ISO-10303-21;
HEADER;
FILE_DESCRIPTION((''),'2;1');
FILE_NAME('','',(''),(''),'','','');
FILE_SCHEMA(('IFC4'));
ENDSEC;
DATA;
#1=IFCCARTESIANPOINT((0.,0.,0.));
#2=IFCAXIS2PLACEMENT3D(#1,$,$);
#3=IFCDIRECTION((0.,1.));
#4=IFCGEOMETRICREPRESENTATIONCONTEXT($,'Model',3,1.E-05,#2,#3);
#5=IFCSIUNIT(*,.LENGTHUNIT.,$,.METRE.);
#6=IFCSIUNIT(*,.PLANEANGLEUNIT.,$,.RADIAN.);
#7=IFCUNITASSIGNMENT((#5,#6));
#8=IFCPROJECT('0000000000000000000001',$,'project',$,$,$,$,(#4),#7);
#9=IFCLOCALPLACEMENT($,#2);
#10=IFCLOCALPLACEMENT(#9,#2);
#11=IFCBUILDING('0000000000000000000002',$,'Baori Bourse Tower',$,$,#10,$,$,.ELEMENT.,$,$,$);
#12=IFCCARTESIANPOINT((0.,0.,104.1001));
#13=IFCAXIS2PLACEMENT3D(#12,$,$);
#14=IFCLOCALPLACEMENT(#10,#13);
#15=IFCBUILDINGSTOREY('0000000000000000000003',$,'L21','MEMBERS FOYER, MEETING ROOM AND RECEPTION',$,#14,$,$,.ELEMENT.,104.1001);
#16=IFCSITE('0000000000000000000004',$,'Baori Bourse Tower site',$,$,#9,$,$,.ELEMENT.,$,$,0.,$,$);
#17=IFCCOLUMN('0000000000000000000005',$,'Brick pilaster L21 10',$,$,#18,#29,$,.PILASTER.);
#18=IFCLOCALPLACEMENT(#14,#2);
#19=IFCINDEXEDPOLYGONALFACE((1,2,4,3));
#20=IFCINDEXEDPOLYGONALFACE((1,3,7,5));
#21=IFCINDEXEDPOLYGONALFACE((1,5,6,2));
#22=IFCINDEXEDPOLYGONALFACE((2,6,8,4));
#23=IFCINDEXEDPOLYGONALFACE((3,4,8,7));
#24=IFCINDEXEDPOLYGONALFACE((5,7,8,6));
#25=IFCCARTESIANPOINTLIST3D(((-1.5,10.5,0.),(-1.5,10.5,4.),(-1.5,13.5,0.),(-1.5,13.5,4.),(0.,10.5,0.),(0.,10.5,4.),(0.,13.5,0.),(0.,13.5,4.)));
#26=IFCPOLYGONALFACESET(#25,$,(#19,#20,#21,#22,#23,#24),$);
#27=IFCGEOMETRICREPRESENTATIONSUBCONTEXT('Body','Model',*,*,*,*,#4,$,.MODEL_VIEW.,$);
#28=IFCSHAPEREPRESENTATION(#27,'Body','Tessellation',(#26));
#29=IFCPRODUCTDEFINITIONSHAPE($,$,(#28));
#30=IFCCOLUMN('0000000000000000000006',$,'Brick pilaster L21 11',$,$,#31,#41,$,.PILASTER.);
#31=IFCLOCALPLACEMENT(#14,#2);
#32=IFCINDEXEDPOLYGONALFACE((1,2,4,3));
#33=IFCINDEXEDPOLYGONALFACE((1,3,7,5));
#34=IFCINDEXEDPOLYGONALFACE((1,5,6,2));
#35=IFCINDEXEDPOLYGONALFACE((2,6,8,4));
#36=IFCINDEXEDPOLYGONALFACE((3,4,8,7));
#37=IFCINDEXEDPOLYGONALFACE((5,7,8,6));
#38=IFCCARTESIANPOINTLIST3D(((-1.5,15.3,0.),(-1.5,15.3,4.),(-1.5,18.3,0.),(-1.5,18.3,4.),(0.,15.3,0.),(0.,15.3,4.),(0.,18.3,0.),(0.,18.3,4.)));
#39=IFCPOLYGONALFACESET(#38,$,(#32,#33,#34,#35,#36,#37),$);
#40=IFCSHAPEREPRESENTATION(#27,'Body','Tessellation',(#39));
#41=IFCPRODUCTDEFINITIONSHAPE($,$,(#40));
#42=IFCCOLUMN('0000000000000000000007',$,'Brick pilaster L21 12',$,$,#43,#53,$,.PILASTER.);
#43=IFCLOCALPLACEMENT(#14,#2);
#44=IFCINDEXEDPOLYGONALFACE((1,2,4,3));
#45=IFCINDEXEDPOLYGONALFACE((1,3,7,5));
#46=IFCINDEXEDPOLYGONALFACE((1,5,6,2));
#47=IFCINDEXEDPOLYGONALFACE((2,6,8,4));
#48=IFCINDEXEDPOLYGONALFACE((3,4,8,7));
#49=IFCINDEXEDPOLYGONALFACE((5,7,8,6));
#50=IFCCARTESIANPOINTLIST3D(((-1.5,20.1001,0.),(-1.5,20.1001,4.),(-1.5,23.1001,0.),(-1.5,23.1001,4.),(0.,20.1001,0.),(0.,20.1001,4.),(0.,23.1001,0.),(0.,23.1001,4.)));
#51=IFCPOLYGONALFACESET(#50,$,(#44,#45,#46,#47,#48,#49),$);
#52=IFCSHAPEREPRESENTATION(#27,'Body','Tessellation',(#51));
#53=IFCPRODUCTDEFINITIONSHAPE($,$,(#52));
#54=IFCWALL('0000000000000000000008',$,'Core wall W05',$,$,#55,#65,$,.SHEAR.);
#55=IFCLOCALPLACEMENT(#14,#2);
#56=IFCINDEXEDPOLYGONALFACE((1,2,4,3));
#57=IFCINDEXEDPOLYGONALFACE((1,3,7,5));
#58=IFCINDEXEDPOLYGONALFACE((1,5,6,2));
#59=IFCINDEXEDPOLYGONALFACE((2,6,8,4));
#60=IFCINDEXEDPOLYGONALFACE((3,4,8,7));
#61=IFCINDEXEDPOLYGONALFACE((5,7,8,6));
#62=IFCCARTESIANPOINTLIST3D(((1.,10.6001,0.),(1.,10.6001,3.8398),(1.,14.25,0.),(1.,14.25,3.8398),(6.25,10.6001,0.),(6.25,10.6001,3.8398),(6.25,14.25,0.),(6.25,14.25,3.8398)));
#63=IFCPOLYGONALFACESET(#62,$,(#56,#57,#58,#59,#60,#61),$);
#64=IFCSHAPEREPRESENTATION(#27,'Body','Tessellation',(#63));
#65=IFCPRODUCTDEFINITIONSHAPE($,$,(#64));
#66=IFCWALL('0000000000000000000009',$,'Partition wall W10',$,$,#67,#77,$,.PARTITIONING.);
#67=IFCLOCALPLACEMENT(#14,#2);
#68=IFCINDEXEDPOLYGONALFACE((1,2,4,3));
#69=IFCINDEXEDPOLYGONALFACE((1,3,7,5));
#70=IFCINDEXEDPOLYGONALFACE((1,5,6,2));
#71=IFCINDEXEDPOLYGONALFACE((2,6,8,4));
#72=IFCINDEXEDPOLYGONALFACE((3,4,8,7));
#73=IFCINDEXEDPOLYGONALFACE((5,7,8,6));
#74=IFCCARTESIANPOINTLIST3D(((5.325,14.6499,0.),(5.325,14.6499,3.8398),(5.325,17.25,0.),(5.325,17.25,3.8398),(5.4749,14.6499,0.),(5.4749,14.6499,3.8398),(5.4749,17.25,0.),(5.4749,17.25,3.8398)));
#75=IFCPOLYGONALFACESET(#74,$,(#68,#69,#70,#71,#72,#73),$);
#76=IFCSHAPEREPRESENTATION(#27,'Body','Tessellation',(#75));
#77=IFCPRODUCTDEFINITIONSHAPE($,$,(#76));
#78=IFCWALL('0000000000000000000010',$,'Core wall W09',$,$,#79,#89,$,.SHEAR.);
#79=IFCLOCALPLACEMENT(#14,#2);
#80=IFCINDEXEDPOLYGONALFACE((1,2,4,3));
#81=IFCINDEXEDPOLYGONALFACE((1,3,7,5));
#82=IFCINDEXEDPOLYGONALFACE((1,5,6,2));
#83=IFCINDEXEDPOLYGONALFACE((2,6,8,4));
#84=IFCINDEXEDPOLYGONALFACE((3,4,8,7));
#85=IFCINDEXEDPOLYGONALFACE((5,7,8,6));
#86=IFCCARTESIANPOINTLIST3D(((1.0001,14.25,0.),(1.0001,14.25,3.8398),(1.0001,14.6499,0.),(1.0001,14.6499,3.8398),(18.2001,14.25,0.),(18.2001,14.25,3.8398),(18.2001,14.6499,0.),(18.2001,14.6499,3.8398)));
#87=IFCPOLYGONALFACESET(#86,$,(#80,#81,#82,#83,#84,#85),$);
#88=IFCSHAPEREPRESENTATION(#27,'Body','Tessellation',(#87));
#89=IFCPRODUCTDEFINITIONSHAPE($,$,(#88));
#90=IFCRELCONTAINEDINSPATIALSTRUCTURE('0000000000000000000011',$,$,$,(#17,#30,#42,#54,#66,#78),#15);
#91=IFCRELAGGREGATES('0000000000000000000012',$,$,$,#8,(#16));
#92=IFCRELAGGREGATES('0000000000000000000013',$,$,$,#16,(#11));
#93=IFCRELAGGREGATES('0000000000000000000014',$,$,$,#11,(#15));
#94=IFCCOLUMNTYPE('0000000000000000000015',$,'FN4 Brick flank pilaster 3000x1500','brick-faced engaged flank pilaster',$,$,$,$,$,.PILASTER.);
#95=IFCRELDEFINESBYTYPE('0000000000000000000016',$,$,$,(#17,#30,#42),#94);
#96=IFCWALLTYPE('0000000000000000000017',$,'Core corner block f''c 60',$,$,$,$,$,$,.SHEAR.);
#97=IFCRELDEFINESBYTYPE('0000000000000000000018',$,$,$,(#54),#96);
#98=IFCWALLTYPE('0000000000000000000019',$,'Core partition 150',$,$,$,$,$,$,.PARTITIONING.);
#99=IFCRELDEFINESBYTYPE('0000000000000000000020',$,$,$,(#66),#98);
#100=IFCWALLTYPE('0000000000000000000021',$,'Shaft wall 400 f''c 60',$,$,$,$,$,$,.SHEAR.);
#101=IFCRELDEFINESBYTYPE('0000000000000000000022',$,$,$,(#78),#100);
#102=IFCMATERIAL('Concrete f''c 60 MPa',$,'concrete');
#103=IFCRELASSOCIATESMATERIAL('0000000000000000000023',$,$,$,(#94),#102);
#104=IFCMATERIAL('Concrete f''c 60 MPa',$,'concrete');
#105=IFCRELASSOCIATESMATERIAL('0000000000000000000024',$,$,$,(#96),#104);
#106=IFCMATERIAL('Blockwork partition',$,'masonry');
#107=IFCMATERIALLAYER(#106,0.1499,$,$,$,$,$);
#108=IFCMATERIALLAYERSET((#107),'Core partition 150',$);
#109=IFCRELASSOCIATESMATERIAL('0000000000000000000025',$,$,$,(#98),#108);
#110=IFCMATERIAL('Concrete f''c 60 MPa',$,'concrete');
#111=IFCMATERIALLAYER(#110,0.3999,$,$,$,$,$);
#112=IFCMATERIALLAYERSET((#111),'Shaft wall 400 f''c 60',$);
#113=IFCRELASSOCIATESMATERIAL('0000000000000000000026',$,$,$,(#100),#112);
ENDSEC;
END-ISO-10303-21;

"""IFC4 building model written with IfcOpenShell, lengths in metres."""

from ifc_helpers import new_model, si_unit, direction, frame, frame_2d, origin, origin_2d, place, context, subcontext, project, spatial, rectangle, extrude, material, layer, layer_set, material_profile, profile_set, type_object, element, save


model = new_model("IFC4")

# Units and contexts
model_context = context("Model", 3, precision=1e-05, world=origin(), true_north=direction((0.0, 1.0)))
body_context = subcontext(model_context, "Body", "Model", "MODEL_VIEW")
ifc_project = project(units=[si_unit("LENGTHUNIT", "METRE"), si_unit("PLANEANGLEUNIT", "RADIAN")], contexts=[model_context])

# Site, building, storey
site_placement = place(None, origin())
site = spatial("IfcSite", under=ifc_project, at=site_placement, Name="Baori Bourse Tower site", CompositionType="ELEMENT", RefElevation=0.0)
building_placement = place(site_placement, origin())
building = spatial("IfcBuilding", under=site, at=building_placement, Name="Baori Bourse Tower", CompositionType="ELEMENT")
storey_placement = place(building_placement, frame((0.0, 0.0, 104.1001)))
storey = spatial("IfcBuildingStorey", under=building, at=storey_placement, Name="L21", Description="MEMBERS FOYER, MEETING ROOM AND RECEPTION", CompositionType="ELEMENT", Elevation=104.1001)

# Columns
ifc_material_1 = material(Name="Concrete f'c 60 MPa", Category="concrete")
ifc_material_profile = material_profile(ifc_material_1, rectangle(XDim=3.0, YDim=1.5, at=origin_2d()), Name="RC 3000x1500")
ifc_profile_set = profile_set([ifc_material_profile], Name="Concrete f'c 60 MPa")
column_type = type_object("IfcColumnType", Name="FN4 Brick flank pilaster 3000x1500", Description="brick-faced engaged flank pilaster", PredefinedType="PILASTER", material=ifc_profile_set)
for number, where, z_axis, x_axis, name in (
    (1, (-0.75, 12.0, 0.0), (0.0, 0.0, 1.0), (0.0, 1.0, 0.0), "Brick pilaster L21 10"),
    (2, (-0.75, 16.8, 0.0), (0.0, 0.0, 1.0), (0.0, 1.0, 0.0), "Brick pilaster L21 11"),
    (3, (-0.75, 21.6001, 0.0), (0.0, 0.0, 1.0), (0.0, 1.0, 0.0), "Brick pilaster L21 12"),
):
    element("IfcColumn", number, at=place(storey_placement, frame(where, z_axis=z_axis, x_axis=x_axis)), inside=storey, type_object=column_type, Name=name, PredefinedType="PILASTER", context=body_context, shape_type="SweptSolid", body=[
        extrude(rectangle(XDim=3.0, YDim=1.5, at=origin_2d()), origin(), (0.0, 0.0, 1.0), 4.0),
    ])

# Walls
ifc_material_2 = material(Name="Concrete f'c 60 MPa", Category="concrete")
wall_type_1 = type_object("IfcWallType", Name="Core corner block f'c 60", PredefinedType="SHEAR", material=ifc_material_2)
wall_1_placement = place(storey_placement, frame((1.0, 12.425, 0.0), z_axis=(0.0, 0.0, 1.0), x_axis=(1.0, 0.0, 0.0)))
element("IfcWall", 4, at=wall_1_placement, inside=storey, type_object=wall_type_1, Name="Core wall W05", PredefinedType="SHEAR", context=body_context, shape_type="SweptSolid", body=[
    extrude(rectangle(XDim=5.25, YDim=3.6499, at=frame_2d((2.625, 0.0))), origin(), (0.0, 0.0, 1.0), 3.8398),
])
ifc_material_3 = material(Name="Blockwork partition", Category="masonry")
ifc_layer_1 = layer(ifc_material_3, 0.1499)
ifc_layer_set_1 = layer_set([ifc_layer_1], Name="Core partition 150")
wall_type_2 = type_object("IfcWallType", Name="Core partition 150", PredefinedType="PARTITIONING", material=ifc_layer_set_1)
wall_2_placement = place(storey_placement, frame((5.3999, 14.6499, 0.0), z_axis=(0.0, 0.0, 1.0), x_axis=(0.0, 1.0, 0.0)))
element("IfcWall", 5, at=wall_2_placement, inside=storey, type_object=wall_type_2, Name="Partition wall W10", PredefinedType="PARTITIONING", context=body_context, shape_type="SweptSolid", body=[
    extrude(rectangle(XDim=2.6001, YDim=0.1499, at=frame_2d((1.3, 0.0))), origin(), (0.0, 0.0, 1.0), 3.8398),
])
ifc_material_4 = material(Name="Concrete f'c 60 MPa", Category="concrete")
ifc_layer_2 = layer(ifc_material_4, 0.3999)
ifc_layer_set_2 = layer_set([ifc_layer_2], Name="Shaft wall 400 f'c 60")
wall_type_3 = type_object("IfcWallType", Name="Shaft wall 400 f'c 60", PredefinedType="SHEAR", material=ifc_layer_set_2)
wall_3_placement = place(storey_placement, frame((1.0, 14.45, 0.0), z_axis=(0.0, 0.0, 1.0), x_axis=(1.0, 0.0, 0.0)))
element("IfcWall", 6, at=wall_3_placement, inside=storey, type_object=wall_type_3, Name="Core wall W09", PredefinedType="SHEAR", context=body_context, shape_type="SweptSolid", body=[
    extrude(rectangle(XDim=17.2, YDim=0.3999, at=frame_2d((8.6001, 0.0))), origin(), (0.0, 0.0, 1.0), 3.8398),
])

save(model, "model.ifc")
